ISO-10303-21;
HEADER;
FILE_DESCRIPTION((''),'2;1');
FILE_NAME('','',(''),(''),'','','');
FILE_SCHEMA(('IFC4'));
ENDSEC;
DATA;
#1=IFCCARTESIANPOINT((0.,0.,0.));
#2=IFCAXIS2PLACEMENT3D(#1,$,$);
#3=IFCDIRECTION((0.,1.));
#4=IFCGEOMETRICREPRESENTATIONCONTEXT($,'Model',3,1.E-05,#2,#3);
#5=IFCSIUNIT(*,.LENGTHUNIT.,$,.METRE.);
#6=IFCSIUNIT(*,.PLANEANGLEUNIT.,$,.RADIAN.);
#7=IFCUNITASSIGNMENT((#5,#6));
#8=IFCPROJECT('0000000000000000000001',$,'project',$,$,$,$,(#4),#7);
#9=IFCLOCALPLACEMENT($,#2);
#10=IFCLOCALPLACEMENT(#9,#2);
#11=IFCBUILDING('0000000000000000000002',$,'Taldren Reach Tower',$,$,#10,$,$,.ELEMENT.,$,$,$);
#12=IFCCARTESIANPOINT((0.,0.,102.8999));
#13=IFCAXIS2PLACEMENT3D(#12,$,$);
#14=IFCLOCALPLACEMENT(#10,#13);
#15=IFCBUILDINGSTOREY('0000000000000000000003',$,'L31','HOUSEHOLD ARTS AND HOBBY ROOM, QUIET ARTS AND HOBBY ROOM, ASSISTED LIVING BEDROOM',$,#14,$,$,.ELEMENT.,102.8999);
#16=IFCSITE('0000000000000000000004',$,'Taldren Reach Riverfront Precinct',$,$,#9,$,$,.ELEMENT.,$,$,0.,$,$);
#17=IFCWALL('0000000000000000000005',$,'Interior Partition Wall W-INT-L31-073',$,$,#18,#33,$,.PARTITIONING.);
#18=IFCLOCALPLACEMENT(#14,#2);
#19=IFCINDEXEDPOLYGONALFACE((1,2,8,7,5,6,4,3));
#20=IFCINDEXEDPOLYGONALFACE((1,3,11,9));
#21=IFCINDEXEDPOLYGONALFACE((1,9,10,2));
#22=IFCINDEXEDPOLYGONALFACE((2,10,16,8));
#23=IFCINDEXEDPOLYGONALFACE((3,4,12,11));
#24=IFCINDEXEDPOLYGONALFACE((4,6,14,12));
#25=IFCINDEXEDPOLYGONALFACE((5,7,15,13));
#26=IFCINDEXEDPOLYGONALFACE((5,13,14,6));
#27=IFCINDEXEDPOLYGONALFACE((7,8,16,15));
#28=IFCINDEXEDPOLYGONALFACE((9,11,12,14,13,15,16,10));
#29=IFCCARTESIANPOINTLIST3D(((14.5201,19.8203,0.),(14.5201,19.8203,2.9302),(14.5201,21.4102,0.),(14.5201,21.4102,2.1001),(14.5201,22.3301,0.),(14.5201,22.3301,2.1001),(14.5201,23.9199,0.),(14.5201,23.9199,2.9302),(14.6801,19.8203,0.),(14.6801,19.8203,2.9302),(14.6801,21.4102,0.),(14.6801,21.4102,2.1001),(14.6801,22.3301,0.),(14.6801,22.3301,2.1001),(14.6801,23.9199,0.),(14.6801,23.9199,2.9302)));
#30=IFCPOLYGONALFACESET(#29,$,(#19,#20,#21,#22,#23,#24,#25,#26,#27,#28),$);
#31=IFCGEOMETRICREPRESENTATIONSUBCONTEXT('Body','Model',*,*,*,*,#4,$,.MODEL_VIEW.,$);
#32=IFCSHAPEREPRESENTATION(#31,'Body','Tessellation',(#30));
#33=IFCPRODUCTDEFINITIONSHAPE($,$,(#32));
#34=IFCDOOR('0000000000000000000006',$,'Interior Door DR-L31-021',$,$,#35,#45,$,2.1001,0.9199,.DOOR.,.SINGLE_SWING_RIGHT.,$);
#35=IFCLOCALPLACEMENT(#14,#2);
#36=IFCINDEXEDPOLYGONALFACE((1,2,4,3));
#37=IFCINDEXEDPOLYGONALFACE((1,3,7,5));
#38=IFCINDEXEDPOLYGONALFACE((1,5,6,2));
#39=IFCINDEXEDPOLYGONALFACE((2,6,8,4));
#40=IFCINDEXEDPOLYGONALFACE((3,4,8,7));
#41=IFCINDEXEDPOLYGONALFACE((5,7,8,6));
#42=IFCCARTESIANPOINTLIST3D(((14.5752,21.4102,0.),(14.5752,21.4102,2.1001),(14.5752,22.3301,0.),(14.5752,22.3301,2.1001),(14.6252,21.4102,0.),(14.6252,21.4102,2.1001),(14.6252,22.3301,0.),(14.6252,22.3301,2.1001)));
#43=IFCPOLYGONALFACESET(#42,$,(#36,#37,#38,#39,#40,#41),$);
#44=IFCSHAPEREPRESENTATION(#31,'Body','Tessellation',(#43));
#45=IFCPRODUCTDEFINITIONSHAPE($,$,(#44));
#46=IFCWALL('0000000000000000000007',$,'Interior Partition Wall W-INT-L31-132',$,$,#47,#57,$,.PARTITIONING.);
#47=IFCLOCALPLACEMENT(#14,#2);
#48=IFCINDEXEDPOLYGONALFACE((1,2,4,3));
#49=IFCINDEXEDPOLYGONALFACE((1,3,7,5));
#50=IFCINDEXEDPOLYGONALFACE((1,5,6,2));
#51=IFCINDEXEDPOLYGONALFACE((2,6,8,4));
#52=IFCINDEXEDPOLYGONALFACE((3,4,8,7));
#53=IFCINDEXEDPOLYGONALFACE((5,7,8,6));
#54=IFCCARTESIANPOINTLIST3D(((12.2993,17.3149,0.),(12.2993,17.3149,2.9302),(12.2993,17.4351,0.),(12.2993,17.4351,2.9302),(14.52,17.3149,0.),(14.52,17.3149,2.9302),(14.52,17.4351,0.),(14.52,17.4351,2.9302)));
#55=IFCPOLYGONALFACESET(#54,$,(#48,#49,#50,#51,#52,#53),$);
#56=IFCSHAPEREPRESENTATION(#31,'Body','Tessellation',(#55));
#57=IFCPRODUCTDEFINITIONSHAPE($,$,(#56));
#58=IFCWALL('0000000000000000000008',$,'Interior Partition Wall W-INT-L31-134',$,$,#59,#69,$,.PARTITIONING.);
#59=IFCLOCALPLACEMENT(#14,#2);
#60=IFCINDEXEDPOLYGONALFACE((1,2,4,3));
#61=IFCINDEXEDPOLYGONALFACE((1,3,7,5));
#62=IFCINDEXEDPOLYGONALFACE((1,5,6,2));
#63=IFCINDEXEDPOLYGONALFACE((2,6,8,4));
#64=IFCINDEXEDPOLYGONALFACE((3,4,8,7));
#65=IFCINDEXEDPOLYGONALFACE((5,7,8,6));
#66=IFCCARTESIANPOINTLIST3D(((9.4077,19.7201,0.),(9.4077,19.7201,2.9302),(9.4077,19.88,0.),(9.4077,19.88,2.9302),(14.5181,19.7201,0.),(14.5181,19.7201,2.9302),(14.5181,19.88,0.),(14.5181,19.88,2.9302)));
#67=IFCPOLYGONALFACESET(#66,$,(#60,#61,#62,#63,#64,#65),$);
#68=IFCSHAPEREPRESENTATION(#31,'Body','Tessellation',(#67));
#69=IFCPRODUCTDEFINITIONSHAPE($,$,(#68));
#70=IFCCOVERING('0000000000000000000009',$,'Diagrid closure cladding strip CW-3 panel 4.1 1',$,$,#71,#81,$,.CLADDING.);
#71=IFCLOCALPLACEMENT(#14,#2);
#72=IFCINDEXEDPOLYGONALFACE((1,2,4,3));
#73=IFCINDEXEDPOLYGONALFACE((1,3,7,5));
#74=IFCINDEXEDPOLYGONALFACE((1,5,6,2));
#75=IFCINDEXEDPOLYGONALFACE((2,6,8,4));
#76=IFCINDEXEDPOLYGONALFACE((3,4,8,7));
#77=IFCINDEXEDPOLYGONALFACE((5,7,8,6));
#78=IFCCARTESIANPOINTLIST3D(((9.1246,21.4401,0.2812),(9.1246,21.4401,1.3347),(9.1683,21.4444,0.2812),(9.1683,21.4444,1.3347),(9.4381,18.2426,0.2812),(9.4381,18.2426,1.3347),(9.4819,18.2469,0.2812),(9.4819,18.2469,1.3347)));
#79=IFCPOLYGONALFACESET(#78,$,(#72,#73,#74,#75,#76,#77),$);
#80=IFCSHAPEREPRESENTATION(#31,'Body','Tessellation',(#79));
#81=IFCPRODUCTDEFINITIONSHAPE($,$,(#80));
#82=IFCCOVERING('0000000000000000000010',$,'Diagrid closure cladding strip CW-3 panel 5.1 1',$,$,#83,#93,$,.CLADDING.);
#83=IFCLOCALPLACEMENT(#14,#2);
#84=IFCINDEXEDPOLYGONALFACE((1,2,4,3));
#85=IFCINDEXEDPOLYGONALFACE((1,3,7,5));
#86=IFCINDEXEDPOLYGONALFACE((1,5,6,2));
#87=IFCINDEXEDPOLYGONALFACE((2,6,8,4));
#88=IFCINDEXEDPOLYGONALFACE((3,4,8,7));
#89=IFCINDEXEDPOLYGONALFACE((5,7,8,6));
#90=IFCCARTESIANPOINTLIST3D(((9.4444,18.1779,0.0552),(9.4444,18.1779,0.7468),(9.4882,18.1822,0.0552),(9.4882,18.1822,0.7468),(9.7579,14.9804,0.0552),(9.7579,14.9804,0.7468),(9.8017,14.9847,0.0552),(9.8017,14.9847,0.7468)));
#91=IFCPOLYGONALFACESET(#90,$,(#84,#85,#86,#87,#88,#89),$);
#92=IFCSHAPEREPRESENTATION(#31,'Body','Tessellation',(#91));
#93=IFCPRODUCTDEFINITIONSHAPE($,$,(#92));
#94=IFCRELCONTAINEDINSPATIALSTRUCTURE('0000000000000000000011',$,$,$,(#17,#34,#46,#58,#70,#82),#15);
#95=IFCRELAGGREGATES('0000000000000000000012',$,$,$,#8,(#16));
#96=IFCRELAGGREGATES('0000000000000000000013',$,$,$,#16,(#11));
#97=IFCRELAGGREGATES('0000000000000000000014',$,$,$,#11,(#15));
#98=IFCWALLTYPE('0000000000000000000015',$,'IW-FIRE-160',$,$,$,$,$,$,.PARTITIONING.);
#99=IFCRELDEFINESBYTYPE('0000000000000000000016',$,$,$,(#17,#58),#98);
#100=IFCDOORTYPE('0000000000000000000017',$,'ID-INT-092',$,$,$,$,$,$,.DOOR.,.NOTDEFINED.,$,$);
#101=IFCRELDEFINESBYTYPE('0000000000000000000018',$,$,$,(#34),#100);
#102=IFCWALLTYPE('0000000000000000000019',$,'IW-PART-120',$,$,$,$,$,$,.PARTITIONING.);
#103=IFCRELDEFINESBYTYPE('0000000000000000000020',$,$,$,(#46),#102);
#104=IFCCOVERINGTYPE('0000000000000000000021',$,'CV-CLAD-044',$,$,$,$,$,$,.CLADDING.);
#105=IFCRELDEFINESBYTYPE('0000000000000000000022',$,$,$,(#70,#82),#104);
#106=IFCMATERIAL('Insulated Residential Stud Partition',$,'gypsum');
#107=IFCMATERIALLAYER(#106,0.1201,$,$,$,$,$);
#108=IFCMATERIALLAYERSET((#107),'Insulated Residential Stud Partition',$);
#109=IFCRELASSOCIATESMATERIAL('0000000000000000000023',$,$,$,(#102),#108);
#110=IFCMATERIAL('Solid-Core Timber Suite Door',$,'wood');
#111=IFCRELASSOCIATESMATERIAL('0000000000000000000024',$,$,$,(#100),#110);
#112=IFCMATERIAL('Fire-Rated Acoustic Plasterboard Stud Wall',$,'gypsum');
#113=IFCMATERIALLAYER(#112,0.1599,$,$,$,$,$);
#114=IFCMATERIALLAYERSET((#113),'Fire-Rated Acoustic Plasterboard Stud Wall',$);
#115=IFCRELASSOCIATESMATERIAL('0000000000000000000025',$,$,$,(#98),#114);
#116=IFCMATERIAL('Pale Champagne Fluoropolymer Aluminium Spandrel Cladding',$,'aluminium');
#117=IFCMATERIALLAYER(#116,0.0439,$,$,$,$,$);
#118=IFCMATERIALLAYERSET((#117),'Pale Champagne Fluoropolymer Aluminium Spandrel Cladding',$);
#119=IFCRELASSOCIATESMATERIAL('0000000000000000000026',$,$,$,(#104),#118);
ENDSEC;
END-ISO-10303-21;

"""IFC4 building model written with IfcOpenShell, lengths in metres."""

from ifc_helpers import new_model, si_unit, direction, frame, frame_2d, origin, origin_2d, place, context, subcontext, project, spatial, rectangle, extrude, source, transform, mapped, material, layer, layer_set, type_object, element, fill, save


model = new_model("IFC4")

# Units and contexts
model_context = context("Model", 3, precision=1e-05, world=origin(), true_north=direction((0.0, 1.0)))
body_context = subcontext(model_context, "Body", "Model", "MODEL_VIEW")
ifc_project = project(units=[si_unit("LENGTHUNIT", "METRE"), si_unit("PLANEANGLEUNIT", "RADIAN")], contexts=[model_context])

# Site, building, storey
site_placement = place(None, origin())
site = spatial("IfcSite", under=ifc_project, at=site_placement, Name="Taldren Reach Riverfront Precinct", CompositionType="ELEMENT", RefElevation=0.0)
building_placement = place(site_placement, origin())
building = spatial("IfcBuilding", under=site, at=building_placement, Name="Taldren Reach Tower", CompositionType="ELEMENT")
storey_placement = place(building_placement, frame((0.0, 0.0, 102.8999)))
storey = spatial("IfcBuildingStorey", under=building, at=storey_placement, Name="L31", Description="HOUSEHOLD ARTS AND HOBBY ROOM, QUIET ARTS AND HOBBY ROOM, ASSISTED LIVING BEDROOM", CompositionType="ELEMENT", Elevation=102.8999)

# Shared definitions
ifc_material_1 = material(Name="Insulated Residential Stud Partition", Category="gypsum")
ifc_layer_1 = layer(ifc_material_1, 0.1201)
ifc_layer_set_1 = layer_set([ifc_layer_1], Name="Insulated Residential Stud Partition")
wall_type_1 = type_object("IfcWallType", Name="IW-PART-120", PredefinedType="PARTITIONING", material=ifc_layer_set_1)
ifc_material_2 = material(Name="Solid-Core Timber Suite Door", Category="wood")
door_type = type_object("IfcDoorType", Name="ID-INT-092", OperationType="NOTDEFINED", PredefinedType="DOOR", material=ifc_material_2)
shared_shape_1 = source(origin(), body_context, "Body", "SweptSolid", [
    extrude(rectangle(XDim=0.9199, YDim=2.1001, at=frame_2d((0.46, 1.05))), frame((0.0, 0.0249, 0.0), z_axis=(0.0, -1.0, 0.0), x_axis=(1.0, 0.0, 0.0)), (0.0, 0.0, 1.0), 0.05),
])

# Shared definitions
ifc_material_3 = material(Name="Fire-Rated Acoustic Plasterboard Stud Wall", Category="gypsum")
ifc_layer_2 = layer(ifc_material_3, 0.1599)
ifc_layer_set_2 = layer_set([ifc_layer_2], Name="Fire-Rated Acoustic Plasterboard Stud Wall")
wall_type_2 = type_object("IfcWallType", Name="IW-FIRE-160", PredefinedType="PARTITIONING", material=ifc_layer_set_2)

# Wall, opening, door
shared_shape_2 = source(origin(), body_context, "Body", "SweptSolid", [
    extrude(rectangle(XDim=4.0996, YDim=0.1599, at=frame_2d((2.0498, 0.0))), origin(), (0.0, 0.0, 1.0), 2.9302),
])
wall_1_placement = place(storey_placement, frame((14.6001, 19.8203, 0.0), z_axis=(0.0, 0.0, 1.0), x_axis=(0.0, 1.0, 0.0)))
wall_1 = element("IfcWall", 1, at=wall_1_placement, inside=storey, type_object=wall_type_2, Name="Interior Partition Wall W-INT-L31-073", PredefinedType="PARTITIONING", context=body_context, shape_type="MappedRepresentation", body=[
    mapped(shared_shape_2, transform((0.0, 0.0, 0.0), scale=1.0)),
])
shared_shape_3 = source(origin(), body_context, "Body", "SweptSolid", [
    extrude(rectangle(XDim=0.9199, YDim=2.1001, at=frame_2d((0.46, 1.05))), frame((0.0, 0.0898, 0.0), z_axis=(0.0, -1.0, 0.0), x_axis=(1.0, 0.0, 0.0)), (0.0, 0.0, 1.0), 0.1799),
])
opening_1_placement = place(wall_1_placement, frame((1.5898, 0.0, 0.0)))
opening_1 = element("IfcOpeningElement", 2, at=opening_1_placement, cuts=wall_1, PredefinedType="OPENING", context=body_context, shape_type="MappedRepresentation", body=[
    mapped(shared_shape_3, transform((0.0, 0.0, 0.0), scale=1.0)),
])
door_1_placement = place(opening_1_placement, origin())
door_1 = element("IfcDoor", 3, at=door_1_placement, inside=storey, type_object=door_type, Name="Interior Door DR-L31-021", OperationType="SINGLE_SWING_RIGHT", OverallHeight=2.1001, OverallWidth=0.9199, PredefinedType="DOOR", context=body_context, shape_type="MappedRepresentation", body=[
    mapped(shared_shape_1, transform((0.0, 0.0, 0.0), scale=1.0)),
])
fill(opening_1, door_1)

# Walls
shared_shape_4 = source(origin(), body_context, "Body", "SweptSolid", [
    extrude(rectangle(XDim=2.2207, YDim=0.1201, at=frame_2d((1.1104, 0.0))), origin(), (0.0, 0.0, 1.0), 2.9302),
])
wall_2_placement = place(storey_placement, frame((14.52, 17.375, 0.0), z_axis=(0.0, 0.0, 1.0), x_axis=(-1.0, 0.0, 0.0)))
element("IfcWall", 4, at=wall_2_placement, inside=storey, type_object=wall_type_1, Name="Interior Partition Wall W-INT-L31-132", PredefinedType="PARTITIONING", context=body_context, shape_type="MappedRepresentation", body=[
    mapped(shared_shape_4, transform((0.0, 0.0, 0.0), scale=1.0)),
])
shared_shape_5 = source(origin(), body_context, "Body", "SweptSolid", [
    extrude(rectangle(XDim=5.1104, YDim=0.1599, at=frame_2d((2.5552, 0.0))), origin(), (0.0, 0.0, 1.0), 2.9302),
])
wall_3_placement = place(storey_placement, frame((9.4077, 19.8, 0.0), z_axis=(0.0, 0.0, 1.0), x_axis=(1.0, 0.0, 0.0)))
element("IfcWall", 5, at=wall_3_placement, inside=storey, type_object=wall_type_2, Name="Interior Partition Wall W-INT-L31-134", PredefinedType="PARTITIONING", context=body_context, shape_type="MappedRepresentation", body=[
    mapped(shared_shape_5, transform((0.0, 0.0, 0.0), scale=1.0)),
])

# Coverings
ifc_material_4 = material(Name="Pale Champagne Fluoropolymer Aluminium Spandrel Cladding", Category="aluminium")
ifc_layer_3 = layer(ifc_material_4, 0.0439)
ifc_layer_set_3 = layer_set([ifc_layer_3], Name="Pale Champagne Fluoropolymer Aluminium Spandrel Cladding")
covering_type = type_object("IfcCoveringType", Name="CV-CLAD-044", PredefinedType="CLADDING", material=ifc_layer_set_3)
shared_shape_6 = source(origin(), body_context, "Body", "SweptSolid", [
    extrude(rectangle(XDim=3.2129, YDim=0.0439, at=origin_2d()), origin(), (0.0, 0.0, 1.0), 1.0535),
])
covering_1_placement = place(storey_placement, frame((9.3032, 19.8435, 0.2812), z_axis=(0.0, 0.0, 1.0), x_axis=(0.097583, -0.995227, 0.0)))
element("IfcCovering", 6, at=covering_1_placement, inside=storey, type_object=covering_type, Name="Diagrid closure cladding strip CW-3 panel 4.1 1", PredefinedType="CLADDING", context=body_context, shape_type="MappedRepresentation", body=[
    mapped(shared_shape_6, transform((0.0, 0.0, 0.0), scale=1.0)),
])
shared_shape_7 = source(origin(), body_context, "Body", "SweptSolid", [
    extrude(rectangle(XDim=3.2129, YDim=0.0439, at=origin_2d()), origin(), (0.0, 0.0, 1.0), 0.6917),
])
covering_2_placement = place(storey_placement, frame((9.623, 16.5813, 0.0552), z_axis=(0.0, 0.0, 1.0), x_axis=(0.097583, -0.995227, 0.0)))
element("IfcCovering", 7, at=covering_2_placement, inside=storey, type_object=covering_type, Name="Diagrid closure cladding strip CW-3 panel 5.1 1", PredefinedType="CLADDING", context=body_context, shape_type="MappedRepresentation", body=[
    mapped(shared_shape_7, transform((0.0, 0.0, 0.0), scale=1.0)),
])

save(model, "model.ifc")
